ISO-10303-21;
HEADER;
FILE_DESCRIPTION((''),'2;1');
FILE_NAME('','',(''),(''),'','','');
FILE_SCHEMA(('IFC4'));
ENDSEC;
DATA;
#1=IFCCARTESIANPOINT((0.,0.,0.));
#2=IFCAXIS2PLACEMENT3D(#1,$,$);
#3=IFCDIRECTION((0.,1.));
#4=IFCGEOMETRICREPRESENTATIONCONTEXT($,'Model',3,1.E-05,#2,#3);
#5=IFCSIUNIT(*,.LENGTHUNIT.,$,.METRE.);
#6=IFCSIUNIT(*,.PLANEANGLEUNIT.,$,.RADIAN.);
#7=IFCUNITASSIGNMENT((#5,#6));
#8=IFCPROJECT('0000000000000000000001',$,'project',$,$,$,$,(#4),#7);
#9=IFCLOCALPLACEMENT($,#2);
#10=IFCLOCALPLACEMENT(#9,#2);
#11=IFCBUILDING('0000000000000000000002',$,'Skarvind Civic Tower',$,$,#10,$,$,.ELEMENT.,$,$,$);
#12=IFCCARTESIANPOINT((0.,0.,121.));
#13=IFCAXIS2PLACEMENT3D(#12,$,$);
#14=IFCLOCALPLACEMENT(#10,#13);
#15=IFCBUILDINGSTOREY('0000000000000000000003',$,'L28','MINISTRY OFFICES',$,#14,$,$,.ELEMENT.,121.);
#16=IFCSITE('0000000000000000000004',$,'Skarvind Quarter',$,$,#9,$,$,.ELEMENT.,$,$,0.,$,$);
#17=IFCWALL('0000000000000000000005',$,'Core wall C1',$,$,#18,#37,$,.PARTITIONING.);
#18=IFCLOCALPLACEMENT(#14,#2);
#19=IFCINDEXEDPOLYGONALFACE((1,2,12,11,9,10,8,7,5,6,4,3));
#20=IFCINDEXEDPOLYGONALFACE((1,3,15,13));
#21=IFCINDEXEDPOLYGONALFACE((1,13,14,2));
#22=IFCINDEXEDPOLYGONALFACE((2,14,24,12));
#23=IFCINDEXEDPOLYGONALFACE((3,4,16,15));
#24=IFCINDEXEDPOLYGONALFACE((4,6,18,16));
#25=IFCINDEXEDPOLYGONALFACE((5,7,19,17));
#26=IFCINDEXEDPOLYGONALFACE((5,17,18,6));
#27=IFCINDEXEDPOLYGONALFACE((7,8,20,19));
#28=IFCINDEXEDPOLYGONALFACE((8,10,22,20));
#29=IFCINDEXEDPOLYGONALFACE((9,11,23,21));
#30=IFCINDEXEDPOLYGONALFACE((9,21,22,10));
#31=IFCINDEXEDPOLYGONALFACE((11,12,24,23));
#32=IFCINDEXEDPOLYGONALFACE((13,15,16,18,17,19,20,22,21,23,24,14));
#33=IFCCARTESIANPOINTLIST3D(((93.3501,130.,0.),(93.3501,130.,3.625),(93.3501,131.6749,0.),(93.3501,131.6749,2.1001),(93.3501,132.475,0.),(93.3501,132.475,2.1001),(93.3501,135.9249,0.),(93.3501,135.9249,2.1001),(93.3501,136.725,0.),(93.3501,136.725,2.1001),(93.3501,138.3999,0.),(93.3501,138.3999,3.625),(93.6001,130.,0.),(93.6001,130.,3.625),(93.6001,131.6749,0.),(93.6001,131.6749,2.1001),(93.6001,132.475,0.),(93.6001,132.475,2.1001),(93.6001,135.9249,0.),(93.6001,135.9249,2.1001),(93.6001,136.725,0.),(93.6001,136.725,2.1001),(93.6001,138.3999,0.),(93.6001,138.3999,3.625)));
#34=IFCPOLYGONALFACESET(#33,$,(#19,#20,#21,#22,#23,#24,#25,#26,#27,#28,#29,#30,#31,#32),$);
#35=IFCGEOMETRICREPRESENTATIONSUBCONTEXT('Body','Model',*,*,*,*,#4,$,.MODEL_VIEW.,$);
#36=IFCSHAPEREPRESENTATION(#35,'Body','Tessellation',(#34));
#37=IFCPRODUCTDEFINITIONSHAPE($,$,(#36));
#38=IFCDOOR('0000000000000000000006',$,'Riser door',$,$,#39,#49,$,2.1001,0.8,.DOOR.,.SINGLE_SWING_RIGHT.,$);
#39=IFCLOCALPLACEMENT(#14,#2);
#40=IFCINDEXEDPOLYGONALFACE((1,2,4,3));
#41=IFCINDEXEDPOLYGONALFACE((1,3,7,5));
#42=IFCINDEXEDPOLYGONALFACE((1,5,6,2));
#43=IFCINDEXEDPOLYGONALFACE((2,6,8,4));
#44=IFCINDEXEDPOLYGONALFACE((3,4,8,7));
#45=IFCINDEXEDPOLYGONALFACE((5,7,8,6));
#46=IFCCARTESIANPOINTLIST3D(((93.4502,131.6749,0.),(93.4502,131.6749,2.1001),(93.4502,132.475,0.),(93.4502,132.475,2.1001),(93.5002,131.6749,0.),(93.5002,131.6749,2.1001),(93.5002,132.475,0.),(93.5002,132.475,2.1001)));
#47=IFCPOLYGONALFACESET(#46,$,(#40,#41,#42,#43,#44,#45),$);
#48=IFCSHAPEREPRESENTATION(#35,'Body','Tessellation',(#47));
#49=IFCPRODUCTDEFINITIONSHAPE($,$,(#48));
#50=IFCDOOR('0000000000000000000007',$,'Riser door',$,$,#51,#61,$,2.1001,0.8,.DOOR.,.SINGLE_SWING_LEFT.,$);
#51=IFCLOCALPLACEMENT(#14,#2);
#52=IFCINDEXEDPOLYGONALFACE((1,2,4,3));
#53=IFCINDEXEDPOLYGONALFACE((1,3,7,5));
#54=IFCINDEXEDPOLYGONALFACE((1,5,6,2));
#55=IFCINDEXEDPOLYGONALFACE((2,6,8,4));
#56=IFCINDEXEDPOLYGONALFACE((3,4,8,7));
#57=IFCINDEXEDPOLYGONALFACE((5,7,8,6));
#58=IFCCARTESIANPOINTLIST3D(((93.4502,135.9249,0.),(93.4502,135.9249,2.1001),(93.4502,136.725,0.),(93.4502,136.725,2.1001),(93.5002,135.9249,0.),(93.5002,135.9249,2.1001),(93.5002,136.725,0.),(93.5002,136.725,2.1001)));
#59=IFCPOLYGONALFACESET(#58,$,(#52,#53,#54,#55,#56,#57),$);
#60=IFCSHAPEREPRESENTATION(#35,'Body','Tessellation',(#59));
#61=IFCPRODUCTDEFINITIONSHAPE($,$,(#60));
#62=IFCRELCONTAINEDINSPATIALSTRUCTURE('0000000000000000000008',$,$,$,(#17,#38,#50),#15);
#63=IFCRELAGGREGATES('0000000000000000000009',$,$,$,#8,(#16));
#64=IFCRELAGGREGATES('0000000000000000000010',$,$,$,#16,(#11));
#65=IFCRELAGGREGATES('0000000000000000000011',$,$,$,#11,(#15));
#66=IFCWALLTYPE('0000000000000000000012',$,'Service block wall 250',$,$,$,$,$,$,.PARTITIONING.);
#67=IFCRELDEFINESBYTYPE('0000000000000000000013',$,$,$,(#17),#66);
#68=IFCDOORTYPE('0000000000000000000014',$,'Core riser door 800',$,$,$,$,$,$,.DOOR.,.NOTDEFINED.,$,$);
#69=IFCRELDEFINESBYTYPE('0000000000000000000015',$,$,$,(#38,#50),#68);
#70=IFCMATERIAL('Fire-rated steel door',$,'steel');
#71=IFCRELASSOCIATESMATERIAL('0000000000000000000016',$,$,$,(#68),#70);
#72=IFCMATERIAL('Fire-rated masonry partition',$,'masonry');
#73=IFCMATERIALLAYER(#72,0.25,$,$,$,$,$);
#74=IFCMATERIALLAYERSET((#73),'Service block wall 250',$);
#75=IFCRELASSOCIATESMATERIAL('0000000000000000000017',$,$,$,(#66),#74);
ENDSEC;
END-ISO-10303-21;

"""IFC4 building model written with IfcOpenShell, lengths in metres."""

from ifc_helpers import new_model, si_unit, direction, frame, frame_2d, origin, place, context, subcontext, project, spatial, rectangle, extrude, material, layer, layer_set, type_object, element, fill, save


model = new_model("IFC4")

# Units and contexts
model_context = context("Model", 3, precision=1e-05, world=origin(), true_north=direction((0.0, 1.0)))
body_context = subcontext(model_context, "Body", "Model", "MODEL_VIEW")
ifc_project = project(units=[si_unit("LENGTHUNIT", "METRE"), si_unit("PLANEANGLEUNIT", "RADIAN")], contexts=[model_context])

# Site, building, storey
site_placement = place(None, origin())
site = spatial("IfcSite", under=ifc_project, at=site_placement, Name="Skarvind Quarter", CompositionType="ELEMENT", RefElevation=0.0)
building_placement = place(site_placement, origin())
building = spatial("IfcBuilding", under=site, at=building_placement, Name="Skarvind Civic Tower", CompositionType="ELEMENT")
storey_placement = place(building_placement, frame((0.0, 0.0, 121.0)))
storey = spatial("IfcBuildingStorey", under=building, at=storey_placement, Name="L28", Description="MINISTRY OFFICES", CompositionType="ELEMENT", Elevation=121.0)

# Shared definitions
ifc_material_1 = material(Name="Fire-rated masonry partition", Category="masonry")
ifc_material_2 = material(Name="Fire-rated steel door", Category="steel")

# Shared definitions
door_type_1 = type_object("IfcDoorType", Name="Core riser door 800", OperationType="NOTDEFINED", PredefinedType="DOOR", material=ifc_material_2)

# Wall, openings, doors
ifc_layer_1 = layer(ifc_material_1, 0.25)
ifc_layer_set_1 = layer_set([ifc_layer_1], Name="Service block wall 250")
wall_type_1 = type_object("IfcWallType", Name="Service block wall 250", PredefinedType="PARTITIONING", material=ifc_layer_set_1)
wall_1_placement = place(storey_placement, frame((93.4751, 130.0, 0.0), z_axis=(0.0, 0.0, 1.0), x_axis=(0.0, 1.0, 0.0)))
wall_1 = element("IfcWall", 1, at=wall_1_placement, inside=storey, type_object=wall_type_1, Name="Core wall C1", PredefinedType="PARTITIONING", context=body_context, shape_type="SweptSolid", body=[
    extrude(rectangle(XDim=8.3999, YDim=0.25, at=frame_2d((4.2, 0.0))), origin(), (0.0, 0.0, 1.0), 3.625),
])
opening_1_placement = place(wall_1_placement, frame((1.675, 0.0, 0.0)))
opening_1 = element("IfcOpeningElement", 2, at=opening_1_placement, cuts=wall_1, PredefinedType="OPENING", context=body_context, shape_type="SweptSolid", body=[
    extrude(rectangle(XDim=0.8, YDim=2.1001, at=frame_2d((0.3999, 1.05))), frame((0.0, 0.135, 0.0), z_axis=(0.0, -1.0, 0.0), x_axis=(1.0, 0.0, 0.0)), (0.0, 0.0, 1.0), 0.27),
])
opening_2_placement = place(wall_1_placement, frame((5.925, 0.0, 0.0)))
opening_2 = element("IfcOpeningElement", 3, at=opening_2_placement, cuts=wall_1, PredefinedType="OPENING", context=body_context, shape_type="SweptSolid", body=[
    extrude(rectangle(XDim=0.8, YDim=2.1001, at=frame_2d((0.3999, 1.05))), frame((0.0, 0.135, 0.0), z_axis=(0.0, -1.0, 0.0), x_axis=(1.0, 0.0, 0.0)), (0.0, 0.0, 1.0), 0.27),
])
door_1_placement = place(opening_1_placement, origin())
door_1 = element("IfcDoor", 4, at=door_1_placement, inside=storey, type_object=door_type_1, Name="Riser door", OperationType="SINGLE_SWING_RIGHT", OverallHeight=2.1001, OverallWidth=0.8, PredefinedType="DOOR", context=body_context, shape_type="SweptSolid", body=[
    extrude(rectangle(XDim=0.8, YDim=2.1001, at=frame_2d((0.3999, 1.05))), frame((0.0, 0.0249, 0.0), z_axis=(0.0, -1.0, 0.0), x_axis=(1.0, 0.0, 0.0)), (0.0, 0.0, 1.0), 0.05),
])
fill(opening_1, door_1)
door_2_placement = place(opening_2_placement, origin())
door_2 = element("IfcDoor", 5, at=door_2_placement, inside=storey, type_object=door_type_1, Name="Riser door", OperationType="SINGLE_SWING_LEFT", OverallHeight=2.1001, OverallWidth=0.8, PredefinedType="DOOR", context=body_context, shape_type="SweptSolid", body=[
    extrude(rectangle(XDim=0.8, YDim=2.1001, at=frame_2d((0.3999, 1.05))), frame((0.0, 0.0249, 0.0), z_axis=(0.0, -1.0, 0.0), x_axis=(1.0, 0.0, 0.0)), (0.0, 0.0, 1.0), 0.05),
])
fill(opening_2, door_2)

save(model, "model.ifc")
